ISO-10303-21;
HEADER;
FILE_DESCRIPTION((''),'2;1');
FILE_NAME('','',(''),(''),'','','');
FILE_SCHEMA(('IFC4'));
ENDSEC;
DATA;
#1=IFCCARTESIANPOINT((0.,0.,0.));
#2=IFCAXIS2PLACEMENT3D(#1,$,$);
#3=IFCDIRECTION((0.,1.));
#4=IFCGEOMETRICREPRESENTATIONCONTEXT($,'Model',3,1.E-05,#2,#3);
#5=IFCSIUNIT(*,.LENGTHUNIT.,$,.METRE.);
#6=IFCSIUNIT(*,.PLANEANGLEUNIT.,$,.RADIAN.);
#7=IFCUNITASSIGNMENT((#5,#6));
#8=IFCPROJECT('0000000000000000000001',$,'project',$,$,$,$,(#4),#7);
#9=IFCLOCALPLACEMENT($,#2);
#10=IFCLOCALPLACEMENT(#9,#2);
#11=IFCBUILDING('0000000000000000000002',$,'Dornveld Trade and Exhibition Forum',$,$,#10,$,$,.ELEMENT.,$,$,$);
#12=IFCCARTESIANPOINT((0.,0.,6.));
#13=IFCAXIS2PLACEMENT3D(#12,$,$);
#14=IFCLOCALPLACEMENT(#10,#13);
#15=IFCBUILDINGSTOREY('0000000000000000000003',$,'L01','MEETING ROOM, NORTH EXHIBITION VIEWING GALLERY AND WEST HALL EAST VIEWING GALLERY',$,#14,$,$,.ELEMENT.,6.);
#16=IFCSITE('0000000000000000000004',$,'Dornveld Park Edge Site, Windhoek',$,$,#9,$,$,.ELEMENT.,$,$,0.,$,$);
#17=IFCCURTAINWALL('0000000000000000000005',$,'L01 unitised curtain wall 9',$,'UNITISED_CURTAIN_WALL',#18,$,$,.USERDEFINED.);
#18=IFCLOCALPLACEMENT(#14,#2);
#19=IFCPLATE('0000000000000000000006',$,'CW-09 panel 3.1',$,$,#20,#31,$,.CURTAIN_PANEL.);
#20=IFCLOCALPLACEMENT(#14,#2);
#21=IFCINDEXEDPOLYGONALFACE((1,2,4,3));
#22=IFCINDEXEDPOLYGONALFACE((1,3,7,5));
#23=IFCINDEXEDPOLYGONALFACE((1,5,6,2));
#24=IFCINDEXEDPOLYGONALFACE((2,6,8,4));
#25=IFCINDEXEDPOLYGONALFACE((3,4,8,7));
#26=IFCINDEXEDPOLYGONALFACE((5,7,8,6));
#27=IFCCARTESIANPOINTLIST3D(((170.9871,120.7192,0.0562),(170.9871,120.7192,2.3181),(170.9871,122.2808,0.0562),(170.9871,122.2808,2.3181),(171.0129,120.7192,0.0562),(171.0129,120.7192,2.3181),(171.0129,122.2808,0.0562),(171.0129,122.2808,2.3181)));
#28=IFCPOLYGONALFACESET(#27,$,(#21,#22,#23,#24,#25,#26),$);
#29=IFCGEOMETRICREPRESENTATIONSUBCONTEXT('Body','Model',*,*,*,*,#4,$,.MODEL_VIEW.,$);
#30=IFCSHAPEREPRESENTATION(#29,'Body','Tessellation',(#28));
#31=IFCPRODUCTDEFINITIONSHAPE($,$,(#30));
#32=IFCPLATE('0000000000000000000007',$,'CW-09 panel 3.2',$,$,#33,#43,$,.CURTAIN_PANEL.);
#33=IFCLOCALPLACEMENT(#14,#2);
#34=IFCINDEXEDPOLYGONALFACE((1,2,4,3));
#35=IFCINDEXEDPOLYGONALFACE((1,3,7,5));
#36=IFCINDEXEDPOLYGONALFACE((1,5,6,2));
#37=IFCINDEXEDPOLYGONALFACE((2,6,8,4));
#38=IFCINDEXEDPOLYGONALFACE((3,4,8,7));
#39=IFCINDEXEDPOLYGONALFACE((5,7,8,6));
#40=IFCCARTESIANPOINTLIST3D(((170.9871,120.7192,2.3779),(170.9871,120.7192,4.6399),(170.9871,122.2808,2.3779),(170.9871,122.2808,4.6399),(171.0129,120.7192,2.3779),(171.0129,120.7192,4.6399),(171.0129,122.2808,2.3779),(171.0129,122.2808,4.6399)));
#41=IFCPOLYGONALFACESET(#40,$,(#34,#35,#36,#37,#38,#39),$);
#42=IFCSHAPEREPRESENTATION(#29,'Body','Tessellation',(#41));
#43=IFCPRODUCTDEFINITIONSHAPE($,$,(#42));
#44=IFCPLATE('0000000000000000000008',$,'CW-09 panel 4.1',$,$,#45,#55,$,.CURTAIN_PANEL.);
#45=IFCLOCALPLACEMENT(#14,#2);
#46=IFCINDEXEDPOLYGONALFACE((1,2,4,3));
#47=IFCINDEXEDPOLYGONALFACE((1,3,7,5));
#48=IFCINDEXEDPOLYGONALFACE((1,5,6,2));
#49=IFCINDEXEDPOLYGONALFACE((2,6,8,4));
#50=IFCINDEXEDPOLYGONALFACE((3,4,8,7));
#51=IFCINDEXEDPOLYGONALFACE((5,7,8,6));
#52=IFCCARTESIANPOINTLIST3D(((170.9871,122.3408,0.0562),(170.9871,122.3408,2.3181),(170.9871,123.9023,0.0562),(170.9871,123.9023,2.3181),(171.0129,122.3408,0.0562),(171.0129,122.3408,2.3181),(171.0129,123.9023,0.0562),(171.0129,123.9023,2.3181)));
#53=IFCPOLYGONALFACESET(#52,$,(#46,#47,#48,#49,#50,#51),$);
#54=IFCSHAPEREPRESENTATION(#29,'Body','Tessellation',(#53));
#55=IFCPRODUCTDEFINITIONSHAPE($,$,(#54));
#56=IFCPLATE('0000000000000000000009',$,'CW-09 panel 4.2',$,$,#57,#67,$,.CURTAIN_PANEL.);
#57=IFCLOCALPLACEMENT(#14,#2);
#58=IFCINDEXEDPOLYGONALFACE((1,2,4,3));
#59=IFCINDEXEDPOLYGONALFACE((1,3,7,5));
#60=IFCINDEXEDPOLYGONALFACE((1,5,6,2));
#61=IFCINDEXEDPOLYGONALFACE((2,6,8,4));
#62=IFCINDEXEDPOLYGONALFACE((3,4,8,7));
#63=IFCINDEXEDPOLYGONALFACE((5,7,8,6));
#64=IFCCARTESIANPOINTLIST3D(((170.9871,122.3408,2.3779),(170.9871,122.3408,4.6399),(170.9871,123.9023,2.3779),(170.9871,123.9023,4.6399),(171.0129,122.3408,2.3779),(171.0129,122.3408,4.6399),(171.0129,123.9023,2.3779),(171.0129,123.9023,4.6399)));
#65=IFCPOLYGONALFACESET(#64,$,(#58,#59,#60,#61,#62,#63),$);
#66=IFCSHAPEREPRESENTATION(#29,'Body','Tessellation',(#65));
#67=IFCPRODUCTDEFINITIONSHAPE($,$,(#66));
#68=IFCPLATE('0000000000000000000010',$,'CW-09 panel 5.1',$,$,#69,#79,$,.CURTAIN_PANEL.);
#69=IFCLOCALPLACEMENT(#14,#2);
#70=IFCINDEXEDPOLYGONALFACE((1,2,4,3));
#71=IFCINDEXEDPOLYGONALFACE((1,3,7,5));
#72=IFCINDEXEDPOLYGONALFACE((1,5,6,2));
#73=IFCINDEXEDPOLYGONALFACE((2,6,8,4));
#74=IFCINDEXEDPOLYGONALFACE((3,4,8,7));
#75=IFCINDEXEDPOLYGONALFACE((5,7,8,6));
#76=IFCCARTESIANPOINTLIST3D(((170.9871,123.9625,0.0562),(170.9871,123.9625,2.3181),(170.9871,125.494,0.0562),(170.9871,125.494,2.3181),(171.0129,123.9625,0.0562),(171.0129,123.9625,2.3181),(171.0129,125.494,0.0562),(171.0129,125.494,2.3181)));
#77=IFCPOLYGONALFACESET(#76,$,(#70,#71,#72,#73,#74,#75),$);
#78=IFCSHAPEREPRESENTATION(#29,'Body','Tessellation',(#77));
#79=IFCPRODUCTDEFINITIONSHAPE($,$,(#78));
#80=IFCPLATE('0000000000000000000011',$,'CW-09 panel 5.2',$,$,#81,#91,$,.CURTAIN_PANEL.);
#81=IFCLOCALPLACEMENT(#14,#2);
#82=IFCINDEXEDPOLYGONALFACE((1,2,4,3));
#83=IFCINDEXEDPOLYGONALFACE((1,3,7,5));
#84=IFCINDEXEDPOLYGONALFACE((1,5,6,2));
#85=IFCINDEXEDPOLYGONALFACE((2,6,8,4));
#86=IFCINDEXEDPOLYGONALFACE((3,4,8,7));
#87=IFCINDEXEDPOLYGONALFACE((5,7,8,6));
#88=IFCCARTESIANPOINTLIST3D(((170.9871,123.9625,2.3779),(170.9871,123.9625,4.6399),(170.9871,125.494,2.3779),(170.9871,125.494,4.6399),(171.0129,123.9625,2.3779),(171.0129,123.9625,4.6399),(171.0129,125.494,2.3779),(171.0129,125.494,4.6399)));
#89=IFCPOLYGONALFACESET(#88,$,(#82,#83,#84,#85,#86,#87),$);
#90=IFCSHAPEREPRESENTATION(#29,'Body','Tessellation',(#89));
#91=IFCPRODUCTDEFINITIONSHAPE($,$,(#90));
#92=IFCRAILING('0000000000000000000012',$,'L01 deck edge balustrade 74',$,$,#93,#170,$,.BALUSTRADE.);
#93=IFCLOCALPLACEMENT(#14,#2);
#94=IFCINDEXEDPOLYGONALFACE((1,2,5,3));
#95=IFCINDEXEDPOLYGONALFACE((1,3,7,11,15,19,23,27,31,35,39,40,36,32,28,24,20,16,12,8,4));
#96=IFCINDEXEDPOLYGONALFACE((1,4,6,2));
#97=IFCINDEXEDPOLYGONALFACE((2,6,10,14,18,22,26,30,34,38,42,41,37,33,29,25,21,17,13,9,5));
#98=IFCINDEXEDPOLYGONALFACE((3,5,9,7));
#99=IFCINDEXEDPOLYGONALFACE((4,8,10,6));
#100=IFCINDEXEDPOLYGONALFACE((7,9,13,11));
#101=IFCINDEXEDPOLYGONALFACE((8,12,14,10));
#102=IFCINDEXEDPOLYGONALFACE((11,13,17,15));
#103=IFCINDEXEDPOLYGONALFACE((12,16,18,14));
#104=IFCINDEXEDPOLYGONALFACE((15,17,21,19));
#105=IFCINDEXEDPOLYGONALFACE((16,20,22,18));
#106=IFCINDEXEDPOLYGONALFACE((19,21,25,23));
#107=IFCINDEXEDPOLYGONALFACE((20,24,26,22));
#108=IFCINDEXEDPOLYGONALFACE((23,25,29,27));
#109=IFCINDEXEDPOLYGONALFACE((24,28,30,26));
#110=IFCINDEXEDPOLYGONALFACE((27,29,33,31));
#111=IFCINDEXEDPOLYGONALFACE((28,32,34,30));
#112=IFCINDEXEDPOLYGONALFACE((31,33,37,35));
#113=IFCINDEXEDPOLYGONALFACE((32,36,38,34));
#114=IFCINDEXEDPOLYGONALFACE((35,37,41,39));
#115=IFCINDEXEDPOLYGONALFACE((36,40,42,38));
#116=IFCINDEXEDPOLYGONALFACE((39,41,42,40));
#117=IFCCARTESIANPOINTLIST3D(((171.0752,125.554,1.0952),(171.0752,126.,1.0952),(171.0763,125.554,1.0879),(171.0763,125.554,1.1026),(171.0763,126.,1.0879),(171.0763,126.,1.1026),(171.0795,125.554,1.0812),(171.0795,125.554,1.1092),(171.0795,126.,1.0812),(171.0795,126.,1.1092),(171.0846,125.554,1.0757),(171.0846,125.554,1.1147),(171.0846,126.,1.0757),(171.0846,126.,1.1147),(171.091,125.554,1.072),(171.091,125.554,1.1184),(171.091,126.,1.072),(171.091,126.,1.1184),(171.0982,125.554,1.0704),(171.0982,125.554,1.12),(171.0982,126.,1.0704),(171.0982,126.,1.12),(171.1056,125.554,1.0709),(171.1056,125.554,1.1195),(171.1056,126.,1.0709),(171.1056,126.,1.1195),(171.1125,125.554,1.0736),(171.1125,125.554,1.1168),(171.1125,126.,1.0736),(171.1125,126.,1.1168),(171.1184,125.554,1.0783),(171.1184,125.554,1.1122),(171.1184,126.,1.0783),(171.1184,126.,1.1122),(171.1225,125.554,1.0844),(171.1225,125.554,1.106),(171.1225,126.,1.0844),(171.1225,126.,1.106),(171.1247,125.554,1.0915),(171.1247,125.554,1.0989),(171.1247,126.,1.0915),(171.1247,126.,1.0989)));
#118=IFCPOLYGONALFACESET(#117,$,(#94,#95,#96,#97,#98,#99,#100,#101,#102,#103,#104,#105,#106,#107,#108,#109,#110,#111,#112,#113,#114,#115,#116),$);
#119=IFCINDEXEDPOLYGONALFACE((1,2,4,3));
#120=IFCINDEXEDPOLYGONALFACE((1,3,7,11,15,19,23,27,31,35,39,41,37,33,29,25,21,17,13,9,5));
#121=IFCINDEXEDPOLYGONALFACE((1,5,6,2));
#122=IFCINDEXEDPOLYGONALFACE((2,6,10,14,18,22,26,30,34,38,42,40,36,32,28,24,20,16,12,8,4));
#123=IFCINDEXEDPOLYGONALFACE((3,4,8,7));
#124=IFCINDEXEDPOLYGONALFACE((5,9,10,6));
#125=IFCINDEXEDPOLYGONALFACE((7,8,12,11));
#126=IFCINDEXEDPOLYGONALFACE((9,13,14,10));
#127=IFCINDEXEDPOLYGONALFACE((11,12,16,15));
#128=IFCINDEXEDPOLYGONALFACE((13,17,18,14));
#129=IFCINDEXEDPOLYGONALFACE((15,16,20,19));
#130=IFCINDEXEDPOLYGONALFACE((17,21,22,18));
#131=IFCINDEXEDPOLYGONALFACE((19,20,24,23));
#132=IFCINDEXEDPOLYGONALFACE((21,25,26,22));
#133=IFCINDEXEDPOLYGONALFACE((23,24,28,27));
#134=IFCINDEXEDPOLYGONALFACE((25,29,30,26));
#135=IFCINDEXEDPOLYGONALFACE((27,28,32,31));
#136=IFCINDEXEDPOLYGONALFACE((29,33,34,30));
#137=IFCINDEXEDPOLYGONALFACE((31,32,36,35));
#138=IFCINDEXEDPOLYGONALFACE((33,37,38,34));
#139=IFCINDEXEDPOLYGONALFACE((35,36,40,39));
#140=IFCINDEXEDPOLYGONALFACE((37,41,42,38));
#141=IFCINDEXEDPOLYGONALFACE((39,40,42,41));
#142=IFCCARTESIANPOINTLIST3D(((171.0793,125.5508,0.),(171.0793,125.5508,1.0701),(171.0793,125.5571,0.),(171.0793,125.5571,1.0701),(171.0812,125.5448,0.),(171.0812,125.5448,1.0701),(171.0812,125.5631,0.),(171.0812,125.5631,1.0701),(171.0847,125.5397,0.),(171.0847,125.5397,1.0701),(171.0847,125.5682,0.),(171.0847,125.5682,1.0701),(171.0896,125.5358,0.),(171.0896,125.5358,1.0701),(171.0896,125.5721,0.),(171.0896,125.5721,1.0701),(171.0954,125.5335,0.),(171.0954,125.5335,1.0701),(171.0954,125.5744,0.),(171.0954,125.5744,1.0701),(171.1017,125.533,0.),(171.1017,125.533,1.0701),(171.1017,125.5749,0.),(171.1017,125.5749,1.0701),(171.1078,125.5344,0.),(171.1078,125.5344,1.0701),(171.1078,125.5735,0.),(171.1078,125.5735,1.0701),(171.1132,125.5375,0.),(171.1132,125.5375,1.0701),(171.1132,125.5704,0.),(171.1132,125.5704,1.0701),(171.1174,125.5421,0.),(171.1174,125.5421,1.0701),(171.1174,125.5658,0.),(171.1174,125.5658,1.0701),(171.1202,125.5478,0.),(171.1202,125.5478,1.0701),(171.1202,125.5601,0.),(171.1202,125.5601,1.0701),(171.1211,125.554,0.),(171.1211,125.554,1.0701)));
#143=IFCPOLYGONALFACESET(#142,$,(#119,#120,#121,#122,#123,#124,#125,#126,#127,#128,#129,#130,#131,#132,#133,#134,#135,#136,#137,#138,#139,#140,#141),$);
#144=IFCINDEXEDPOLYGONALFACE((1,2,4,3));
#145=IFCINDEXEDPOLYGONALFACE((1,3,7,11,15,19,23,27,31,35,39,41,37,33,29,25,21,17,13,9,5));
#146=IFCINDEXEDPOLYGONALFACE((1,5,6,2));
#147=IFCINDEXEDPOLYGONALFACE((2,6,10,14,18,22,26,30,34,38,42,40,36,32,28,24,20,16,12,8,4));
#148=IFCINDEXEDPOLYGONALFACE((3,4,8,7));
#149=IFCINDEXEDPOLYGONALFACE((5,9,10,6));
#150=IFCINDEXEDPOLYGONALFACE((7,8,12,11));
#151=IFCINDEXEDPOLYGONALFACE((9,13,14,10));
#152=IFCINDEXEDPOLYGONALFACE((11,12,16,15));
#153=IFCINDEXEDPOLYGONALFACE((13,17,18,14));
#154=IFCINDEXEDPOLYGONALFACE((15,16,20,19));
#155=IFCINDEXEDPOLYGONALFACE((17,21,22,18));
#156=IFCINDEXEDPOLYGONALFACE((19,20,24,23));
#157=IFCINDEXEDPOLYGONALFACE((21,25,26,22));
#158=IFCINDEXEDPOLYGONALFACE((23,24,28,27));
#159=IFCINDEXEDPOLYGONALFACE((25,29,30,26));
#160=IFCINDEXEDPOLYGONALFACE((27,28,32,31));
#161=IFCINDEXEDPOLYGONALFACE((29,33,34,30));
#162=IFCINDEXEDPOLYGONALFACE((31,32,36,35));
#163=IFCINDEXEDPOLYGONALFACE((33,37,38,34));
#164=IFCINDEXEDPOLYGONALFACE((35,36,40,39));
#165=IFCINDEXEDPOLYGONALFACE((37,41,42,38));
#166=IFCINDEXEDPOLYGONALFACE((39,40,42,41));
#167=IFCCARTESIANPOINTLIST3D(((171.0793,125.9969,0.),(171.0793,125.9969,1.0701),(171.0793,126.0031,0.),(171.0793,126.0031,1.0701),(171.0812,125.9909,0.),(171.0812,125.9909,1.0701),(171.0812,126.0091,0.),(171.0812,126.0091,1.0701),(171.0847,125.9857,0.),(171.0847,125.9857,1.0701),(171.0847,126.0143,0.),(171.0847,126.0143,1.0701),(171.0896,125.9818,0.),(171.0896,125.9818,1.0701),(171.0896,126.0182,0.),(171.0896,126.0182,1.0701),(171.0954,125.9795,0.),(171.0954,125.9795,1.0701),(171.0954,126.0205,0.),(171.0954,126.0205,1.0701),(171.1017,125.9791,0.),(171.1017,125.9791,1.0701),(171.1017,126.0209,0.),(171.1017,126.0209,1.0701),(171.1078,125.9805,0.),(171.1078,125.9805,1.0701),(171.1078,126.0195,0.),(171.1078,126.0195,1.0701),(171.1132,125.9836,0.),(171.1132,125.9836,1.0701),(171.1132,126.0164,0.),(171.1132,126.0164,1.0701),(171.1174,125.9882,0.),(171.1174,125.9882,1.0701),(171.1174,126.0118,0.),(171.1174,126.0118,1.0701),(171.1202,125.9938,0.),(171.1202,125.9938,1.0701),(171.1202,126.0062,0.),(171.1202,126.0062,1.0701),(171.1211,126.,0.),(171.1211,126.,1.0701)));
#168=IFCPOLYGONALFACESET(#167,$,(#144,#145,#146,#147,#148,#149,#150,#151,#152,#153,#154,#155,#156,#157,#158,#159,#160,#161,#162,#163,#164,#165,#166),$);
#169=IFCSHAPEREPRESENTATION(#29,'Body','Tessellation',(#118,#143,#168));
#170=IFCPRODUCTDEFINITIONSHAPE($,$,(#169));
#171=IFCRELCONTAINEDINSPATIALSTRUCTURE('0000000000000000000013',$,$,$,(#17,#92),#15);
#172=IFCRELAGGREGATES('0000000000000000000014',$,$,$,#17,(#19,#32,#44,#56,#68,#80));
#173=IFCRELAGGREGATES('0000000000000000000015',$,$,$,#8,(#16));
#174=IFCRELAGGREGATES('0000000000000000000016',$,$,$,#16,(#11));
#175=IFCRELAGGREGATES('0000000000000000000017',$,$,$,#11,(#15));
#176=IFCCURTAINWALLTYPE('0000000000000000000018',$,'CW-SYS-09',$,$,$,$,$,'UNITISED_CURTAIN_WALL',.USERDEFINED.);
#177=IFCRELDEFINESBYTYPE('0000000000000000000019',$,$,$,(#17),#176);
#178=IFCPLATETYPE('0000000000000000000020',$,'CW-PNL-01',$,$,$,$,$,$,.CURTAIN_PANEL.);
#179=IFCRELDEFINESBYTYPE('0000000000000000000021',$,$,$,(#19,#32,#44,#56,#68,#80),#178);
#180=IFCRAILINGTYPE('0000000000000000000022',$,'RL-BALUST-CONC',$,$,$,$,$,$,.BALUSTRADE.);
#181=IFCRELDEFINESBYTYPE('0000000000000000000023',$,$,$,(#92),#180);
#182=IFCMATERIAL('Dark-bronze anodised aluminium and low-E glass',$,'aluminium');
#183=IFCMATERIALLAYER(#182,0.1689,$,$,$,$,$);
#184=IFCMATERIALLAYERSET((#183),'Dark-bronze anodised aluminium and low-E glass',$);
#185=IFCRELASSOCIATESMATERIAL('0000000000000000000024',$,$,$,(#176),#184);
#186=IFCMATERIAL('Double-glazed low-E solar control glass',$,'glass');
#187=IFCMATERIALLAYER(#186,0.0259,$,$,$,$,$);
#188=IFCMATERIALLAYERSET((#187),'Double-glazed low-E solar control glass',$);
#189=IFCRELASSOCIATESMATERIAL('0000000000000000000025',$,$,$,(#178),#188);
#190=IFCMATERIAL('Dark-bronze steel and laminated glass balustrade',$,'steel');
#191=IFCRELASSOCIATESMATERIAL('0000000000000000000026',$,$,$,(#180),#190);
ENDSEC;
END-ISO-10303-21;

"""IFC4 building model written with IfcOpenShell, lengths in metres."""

from ifc_helpers import new_model, si_unit, direction, frame, origin, origin_2d, place, context, subcontext, project, spatial, rectangle, circle, extrude, material, layer, layer_set, type_object, element, aggregate, save


model = new_model("IFC4")

# Units and contexts
model_context = context("Model", 3, precision=1e-05, world=origin(), true_north=direction((0.0, 1.0)))
body_context = subcontext(model_context, "Body", "Model", "MODEL_VIEW")
ifc_project = project(units=[si_unit("LENGTHUNIT", "METRE"), si_unit("PLANEANGLEUNIT", "RADIAN")], contexts=[model_context])

# Site, building, storey
site_placement = place(None, origin())
site = spatial("IfcSite", under=ifc_project, at=site_placement, Name="Dornveld Park Edge Site, Windhoek", CompositionType="ELEMENT", RefElevation=0.0)
building_placement = place(site_placement, origin())
building = spatial("IfcBuilding", under=site, at=building_placement, Name="Dornveld Trade and Exhibition Forum", CompositionType="ELEMENT")
storey_placement = place(building_placement, frame((0.0, 0.0, 6.0)))
storey = spatial("IfcBuildingStorey", under=building, at=storey_placement, Name="L01", Description="MEETING ROOM, NORTH EXHIBITION VIEWING GALLERY AND WEST HALL EAST VIEWING GALLERY", CompositionType="ELEMENT", Elevation=6.0)

# Curtain wall, plates
ifc_material_1 = material(Name="Dark-bronze anodised aluminium and low-E glass", Category="aluminium")
ifc_layer_1 = layer(ifc_material_1, 0.1689)
ifc_layer_set_1 = layer_set([ifc_layer_1], Name="Dark-bronze anodised aluminium and low-E glass")
curtain_wall_type = type_object("IfcCurtainWallType", Name="CW-SYS-09", ElementType="UNITISED_CURTAIN_WALL", PredefinedType="USERDEFINED", material=ifc_layer_set_1)
curtain_wall_placement = place(storey_placement, origin())
curtain_wall = element("IfcCurtainWall", 1, at=curtain_wall_placement, inside=storey, type_object=curtain_wall_type, Name="L01 unitised curtain wall 9", ObjectType="UNITISED_CURTAIN_WALL", PredefinedType="USERDEFINED")
ifc_material_2 = material(Name="Double-glazed low-E solar control glass", Category="glass")
ifc_layer_2 = layer(ifc_material_2, 0.0259)
ifc_layer_set_2 = layer_set([ifc_layer_2], Name="Double-glazed low-E solar control glass")
plate_type = type_object("IfcPlateType", Name="CW-PNL-01", PredefinedType="CURTAIN_PANEL", material=ifc_layer_set_2)
plate_1_placement = place(storey_placement, frame((171.0, 121.5, 0.0562), z_axis=(0.0, 0.0, 1.0), x_axis=(0.0, 1.0, 0.0)))
plate_1 = element("IfcPlate", 2, at=plate_1_placement, type_object=plate_type, Name="CW-09 panel 3.1", PredefinedType="CURTAIN_PANEL", context=body_context, shape_type="SweptSolid", body=[
    extrude(rectangle(XDim=1.5615, YDim=0.0259, at=origin_2d()), origin(), (0.0, 0.0, 1.0), 2.262),
])
plate_2_placement = place(storey_placement, frame((171.0, 121.5, 2.3779), z_axis=(0.0, 0.0, 1.0), x_axis=(0.0, 1.0, 0.0)))
plate_2 = element("IfcPlate", 3, at=plate_2_placement, type_object=plate_type, Name="CW-09 panel 3.2", PredefinedType="CURTAIN_PANEL", context=body_context, shape_type="SweptSolid", body=[
    extrude(rectangle(XDim=1.5615, YDim=0.0259, at=origin_2d()), origin(), (0.0, 0.0, 1.0), 2.262),
])
plate_3_placement = place(storey_placement, frame((171.0, 123.1216, 0.0562), z_axis=(0.0, 0.0, 1.0), x_axis=(0.0, 1.0, 0.0)))
plate_3 = element("IfcPlate", 4, at=plate_3_placement, type_object=plate_type, Name="CW-09 panel 4.1", PredefinedType="CURTAIN_PANEL", context=body_context, shape_type="SweptSolid", body=[
    extrude(rectangle(XDim=1.5615, YDim=0.0259, at=origin_2d()), origin(), (0.0, 0.0, 1.0), 2.262),
])
plate_4_placement = place(storey_placement, frame((171.0, 123.1216, 2.3779), z_axis=(0.0, 0.0, 1.0), x_axis=(0.0, 1.0, 0.0)))
plate_4 = element("IfcPlate", 5, at=plate_4_placement, type_object=plate_type, Name="CW-09 panel 4.2", PredefinedType="CURTAIN_PANEL", context=body_context, shape_type="SweptSolid", body=[
    extrude(rectangle(XDim=1.5615, YDim=0.0259, at=origin_2d()), origin(), (0.0, 0.0, 1.0), 2.262),
])
plate_5_placement = place(storey_placement, frame((171.0, 124.7283, 0.0562), z_axis=(0.0, 0.0, 1.0), x_axis=(0.0, 1.0, 0.0)))
plate_5 = element("IfcPlate", 6, at=plate_5_placement, type_object=plate_type, Name="CW-09 panel 5.1", PredefinedType="CURTAIN_PANEL", context=body_context, shape_type="SweptSolid", body=[
    extrude(rectangle(XDim=1.5315, YDim=0.0259, at=origin_2d()), origin(), (0.0, 0.0, 1.0), 2.262),
])
plate_6_placement = place(storey_placement, frame((171.0, 124.7283, 2.3779), z_axis=(0.0, 0.0, 1.0), x_axis=(0.0, 1.0, 0.0)))
plate_6 = element("IfcPlate", 7, at=plate_6_placement, type_object=plate_type, Name="CW-09 panel 5.2", PredefinedType="CURTAIN_PANEL", context=body_context, shape_type="SweptSolid", body=[
    extrude(rectangle(XDim=1.5315, YDim=0.0259, at=origin_2d()), origin(), (0.0, 0.0, 1.0), 2.262),
])
aggregate(curtain_wall, [plate_1, plate_2, plate_3, plate_4, plate_5, plate_6])

# Railing
ifc_material_3 = material(Name="Dark-bronze steel and laminated glass balustrade", Category="steel")
railing_type = type_object("IfcRailingType", Name="RL-BALUST-CONC", PredefinedType="BALUSTRADE", material=ifc_material_3)
railing_1_placement = place(storey_placement, frame((171.1001, 125.554, 0.0)))
element("IfcRailing", 8, at=railing_1_placement, inside=storey, type_object=railing_type, Name="L01 deck edge balustrade 74", PredefinedType="BALUSTRADE", context=body_context, shape_type="SweptSolid", body=[
    extrude(circle(Radius=0.0249, at=origin_2d()), frame((0.0, 0.0, 1.0952), z_axis=(0.0, 1.0, 0.0), x_axis=(-1.0, 0.0, 0.0)), (0.0, 0.0, 1.0), 0.446),
    extrude(circle(Radius=0.021, at=origin_2d()), origin(), (0.0, 0.0, 1.0), 1.0701),
    extrude(circle(Radius=0.021, at=origin_2d()), frame((0.0, 0.446, 0.0)), (0.0, 0.0, 1.0), 1.0701),
])

save(model, "model.ifc")
